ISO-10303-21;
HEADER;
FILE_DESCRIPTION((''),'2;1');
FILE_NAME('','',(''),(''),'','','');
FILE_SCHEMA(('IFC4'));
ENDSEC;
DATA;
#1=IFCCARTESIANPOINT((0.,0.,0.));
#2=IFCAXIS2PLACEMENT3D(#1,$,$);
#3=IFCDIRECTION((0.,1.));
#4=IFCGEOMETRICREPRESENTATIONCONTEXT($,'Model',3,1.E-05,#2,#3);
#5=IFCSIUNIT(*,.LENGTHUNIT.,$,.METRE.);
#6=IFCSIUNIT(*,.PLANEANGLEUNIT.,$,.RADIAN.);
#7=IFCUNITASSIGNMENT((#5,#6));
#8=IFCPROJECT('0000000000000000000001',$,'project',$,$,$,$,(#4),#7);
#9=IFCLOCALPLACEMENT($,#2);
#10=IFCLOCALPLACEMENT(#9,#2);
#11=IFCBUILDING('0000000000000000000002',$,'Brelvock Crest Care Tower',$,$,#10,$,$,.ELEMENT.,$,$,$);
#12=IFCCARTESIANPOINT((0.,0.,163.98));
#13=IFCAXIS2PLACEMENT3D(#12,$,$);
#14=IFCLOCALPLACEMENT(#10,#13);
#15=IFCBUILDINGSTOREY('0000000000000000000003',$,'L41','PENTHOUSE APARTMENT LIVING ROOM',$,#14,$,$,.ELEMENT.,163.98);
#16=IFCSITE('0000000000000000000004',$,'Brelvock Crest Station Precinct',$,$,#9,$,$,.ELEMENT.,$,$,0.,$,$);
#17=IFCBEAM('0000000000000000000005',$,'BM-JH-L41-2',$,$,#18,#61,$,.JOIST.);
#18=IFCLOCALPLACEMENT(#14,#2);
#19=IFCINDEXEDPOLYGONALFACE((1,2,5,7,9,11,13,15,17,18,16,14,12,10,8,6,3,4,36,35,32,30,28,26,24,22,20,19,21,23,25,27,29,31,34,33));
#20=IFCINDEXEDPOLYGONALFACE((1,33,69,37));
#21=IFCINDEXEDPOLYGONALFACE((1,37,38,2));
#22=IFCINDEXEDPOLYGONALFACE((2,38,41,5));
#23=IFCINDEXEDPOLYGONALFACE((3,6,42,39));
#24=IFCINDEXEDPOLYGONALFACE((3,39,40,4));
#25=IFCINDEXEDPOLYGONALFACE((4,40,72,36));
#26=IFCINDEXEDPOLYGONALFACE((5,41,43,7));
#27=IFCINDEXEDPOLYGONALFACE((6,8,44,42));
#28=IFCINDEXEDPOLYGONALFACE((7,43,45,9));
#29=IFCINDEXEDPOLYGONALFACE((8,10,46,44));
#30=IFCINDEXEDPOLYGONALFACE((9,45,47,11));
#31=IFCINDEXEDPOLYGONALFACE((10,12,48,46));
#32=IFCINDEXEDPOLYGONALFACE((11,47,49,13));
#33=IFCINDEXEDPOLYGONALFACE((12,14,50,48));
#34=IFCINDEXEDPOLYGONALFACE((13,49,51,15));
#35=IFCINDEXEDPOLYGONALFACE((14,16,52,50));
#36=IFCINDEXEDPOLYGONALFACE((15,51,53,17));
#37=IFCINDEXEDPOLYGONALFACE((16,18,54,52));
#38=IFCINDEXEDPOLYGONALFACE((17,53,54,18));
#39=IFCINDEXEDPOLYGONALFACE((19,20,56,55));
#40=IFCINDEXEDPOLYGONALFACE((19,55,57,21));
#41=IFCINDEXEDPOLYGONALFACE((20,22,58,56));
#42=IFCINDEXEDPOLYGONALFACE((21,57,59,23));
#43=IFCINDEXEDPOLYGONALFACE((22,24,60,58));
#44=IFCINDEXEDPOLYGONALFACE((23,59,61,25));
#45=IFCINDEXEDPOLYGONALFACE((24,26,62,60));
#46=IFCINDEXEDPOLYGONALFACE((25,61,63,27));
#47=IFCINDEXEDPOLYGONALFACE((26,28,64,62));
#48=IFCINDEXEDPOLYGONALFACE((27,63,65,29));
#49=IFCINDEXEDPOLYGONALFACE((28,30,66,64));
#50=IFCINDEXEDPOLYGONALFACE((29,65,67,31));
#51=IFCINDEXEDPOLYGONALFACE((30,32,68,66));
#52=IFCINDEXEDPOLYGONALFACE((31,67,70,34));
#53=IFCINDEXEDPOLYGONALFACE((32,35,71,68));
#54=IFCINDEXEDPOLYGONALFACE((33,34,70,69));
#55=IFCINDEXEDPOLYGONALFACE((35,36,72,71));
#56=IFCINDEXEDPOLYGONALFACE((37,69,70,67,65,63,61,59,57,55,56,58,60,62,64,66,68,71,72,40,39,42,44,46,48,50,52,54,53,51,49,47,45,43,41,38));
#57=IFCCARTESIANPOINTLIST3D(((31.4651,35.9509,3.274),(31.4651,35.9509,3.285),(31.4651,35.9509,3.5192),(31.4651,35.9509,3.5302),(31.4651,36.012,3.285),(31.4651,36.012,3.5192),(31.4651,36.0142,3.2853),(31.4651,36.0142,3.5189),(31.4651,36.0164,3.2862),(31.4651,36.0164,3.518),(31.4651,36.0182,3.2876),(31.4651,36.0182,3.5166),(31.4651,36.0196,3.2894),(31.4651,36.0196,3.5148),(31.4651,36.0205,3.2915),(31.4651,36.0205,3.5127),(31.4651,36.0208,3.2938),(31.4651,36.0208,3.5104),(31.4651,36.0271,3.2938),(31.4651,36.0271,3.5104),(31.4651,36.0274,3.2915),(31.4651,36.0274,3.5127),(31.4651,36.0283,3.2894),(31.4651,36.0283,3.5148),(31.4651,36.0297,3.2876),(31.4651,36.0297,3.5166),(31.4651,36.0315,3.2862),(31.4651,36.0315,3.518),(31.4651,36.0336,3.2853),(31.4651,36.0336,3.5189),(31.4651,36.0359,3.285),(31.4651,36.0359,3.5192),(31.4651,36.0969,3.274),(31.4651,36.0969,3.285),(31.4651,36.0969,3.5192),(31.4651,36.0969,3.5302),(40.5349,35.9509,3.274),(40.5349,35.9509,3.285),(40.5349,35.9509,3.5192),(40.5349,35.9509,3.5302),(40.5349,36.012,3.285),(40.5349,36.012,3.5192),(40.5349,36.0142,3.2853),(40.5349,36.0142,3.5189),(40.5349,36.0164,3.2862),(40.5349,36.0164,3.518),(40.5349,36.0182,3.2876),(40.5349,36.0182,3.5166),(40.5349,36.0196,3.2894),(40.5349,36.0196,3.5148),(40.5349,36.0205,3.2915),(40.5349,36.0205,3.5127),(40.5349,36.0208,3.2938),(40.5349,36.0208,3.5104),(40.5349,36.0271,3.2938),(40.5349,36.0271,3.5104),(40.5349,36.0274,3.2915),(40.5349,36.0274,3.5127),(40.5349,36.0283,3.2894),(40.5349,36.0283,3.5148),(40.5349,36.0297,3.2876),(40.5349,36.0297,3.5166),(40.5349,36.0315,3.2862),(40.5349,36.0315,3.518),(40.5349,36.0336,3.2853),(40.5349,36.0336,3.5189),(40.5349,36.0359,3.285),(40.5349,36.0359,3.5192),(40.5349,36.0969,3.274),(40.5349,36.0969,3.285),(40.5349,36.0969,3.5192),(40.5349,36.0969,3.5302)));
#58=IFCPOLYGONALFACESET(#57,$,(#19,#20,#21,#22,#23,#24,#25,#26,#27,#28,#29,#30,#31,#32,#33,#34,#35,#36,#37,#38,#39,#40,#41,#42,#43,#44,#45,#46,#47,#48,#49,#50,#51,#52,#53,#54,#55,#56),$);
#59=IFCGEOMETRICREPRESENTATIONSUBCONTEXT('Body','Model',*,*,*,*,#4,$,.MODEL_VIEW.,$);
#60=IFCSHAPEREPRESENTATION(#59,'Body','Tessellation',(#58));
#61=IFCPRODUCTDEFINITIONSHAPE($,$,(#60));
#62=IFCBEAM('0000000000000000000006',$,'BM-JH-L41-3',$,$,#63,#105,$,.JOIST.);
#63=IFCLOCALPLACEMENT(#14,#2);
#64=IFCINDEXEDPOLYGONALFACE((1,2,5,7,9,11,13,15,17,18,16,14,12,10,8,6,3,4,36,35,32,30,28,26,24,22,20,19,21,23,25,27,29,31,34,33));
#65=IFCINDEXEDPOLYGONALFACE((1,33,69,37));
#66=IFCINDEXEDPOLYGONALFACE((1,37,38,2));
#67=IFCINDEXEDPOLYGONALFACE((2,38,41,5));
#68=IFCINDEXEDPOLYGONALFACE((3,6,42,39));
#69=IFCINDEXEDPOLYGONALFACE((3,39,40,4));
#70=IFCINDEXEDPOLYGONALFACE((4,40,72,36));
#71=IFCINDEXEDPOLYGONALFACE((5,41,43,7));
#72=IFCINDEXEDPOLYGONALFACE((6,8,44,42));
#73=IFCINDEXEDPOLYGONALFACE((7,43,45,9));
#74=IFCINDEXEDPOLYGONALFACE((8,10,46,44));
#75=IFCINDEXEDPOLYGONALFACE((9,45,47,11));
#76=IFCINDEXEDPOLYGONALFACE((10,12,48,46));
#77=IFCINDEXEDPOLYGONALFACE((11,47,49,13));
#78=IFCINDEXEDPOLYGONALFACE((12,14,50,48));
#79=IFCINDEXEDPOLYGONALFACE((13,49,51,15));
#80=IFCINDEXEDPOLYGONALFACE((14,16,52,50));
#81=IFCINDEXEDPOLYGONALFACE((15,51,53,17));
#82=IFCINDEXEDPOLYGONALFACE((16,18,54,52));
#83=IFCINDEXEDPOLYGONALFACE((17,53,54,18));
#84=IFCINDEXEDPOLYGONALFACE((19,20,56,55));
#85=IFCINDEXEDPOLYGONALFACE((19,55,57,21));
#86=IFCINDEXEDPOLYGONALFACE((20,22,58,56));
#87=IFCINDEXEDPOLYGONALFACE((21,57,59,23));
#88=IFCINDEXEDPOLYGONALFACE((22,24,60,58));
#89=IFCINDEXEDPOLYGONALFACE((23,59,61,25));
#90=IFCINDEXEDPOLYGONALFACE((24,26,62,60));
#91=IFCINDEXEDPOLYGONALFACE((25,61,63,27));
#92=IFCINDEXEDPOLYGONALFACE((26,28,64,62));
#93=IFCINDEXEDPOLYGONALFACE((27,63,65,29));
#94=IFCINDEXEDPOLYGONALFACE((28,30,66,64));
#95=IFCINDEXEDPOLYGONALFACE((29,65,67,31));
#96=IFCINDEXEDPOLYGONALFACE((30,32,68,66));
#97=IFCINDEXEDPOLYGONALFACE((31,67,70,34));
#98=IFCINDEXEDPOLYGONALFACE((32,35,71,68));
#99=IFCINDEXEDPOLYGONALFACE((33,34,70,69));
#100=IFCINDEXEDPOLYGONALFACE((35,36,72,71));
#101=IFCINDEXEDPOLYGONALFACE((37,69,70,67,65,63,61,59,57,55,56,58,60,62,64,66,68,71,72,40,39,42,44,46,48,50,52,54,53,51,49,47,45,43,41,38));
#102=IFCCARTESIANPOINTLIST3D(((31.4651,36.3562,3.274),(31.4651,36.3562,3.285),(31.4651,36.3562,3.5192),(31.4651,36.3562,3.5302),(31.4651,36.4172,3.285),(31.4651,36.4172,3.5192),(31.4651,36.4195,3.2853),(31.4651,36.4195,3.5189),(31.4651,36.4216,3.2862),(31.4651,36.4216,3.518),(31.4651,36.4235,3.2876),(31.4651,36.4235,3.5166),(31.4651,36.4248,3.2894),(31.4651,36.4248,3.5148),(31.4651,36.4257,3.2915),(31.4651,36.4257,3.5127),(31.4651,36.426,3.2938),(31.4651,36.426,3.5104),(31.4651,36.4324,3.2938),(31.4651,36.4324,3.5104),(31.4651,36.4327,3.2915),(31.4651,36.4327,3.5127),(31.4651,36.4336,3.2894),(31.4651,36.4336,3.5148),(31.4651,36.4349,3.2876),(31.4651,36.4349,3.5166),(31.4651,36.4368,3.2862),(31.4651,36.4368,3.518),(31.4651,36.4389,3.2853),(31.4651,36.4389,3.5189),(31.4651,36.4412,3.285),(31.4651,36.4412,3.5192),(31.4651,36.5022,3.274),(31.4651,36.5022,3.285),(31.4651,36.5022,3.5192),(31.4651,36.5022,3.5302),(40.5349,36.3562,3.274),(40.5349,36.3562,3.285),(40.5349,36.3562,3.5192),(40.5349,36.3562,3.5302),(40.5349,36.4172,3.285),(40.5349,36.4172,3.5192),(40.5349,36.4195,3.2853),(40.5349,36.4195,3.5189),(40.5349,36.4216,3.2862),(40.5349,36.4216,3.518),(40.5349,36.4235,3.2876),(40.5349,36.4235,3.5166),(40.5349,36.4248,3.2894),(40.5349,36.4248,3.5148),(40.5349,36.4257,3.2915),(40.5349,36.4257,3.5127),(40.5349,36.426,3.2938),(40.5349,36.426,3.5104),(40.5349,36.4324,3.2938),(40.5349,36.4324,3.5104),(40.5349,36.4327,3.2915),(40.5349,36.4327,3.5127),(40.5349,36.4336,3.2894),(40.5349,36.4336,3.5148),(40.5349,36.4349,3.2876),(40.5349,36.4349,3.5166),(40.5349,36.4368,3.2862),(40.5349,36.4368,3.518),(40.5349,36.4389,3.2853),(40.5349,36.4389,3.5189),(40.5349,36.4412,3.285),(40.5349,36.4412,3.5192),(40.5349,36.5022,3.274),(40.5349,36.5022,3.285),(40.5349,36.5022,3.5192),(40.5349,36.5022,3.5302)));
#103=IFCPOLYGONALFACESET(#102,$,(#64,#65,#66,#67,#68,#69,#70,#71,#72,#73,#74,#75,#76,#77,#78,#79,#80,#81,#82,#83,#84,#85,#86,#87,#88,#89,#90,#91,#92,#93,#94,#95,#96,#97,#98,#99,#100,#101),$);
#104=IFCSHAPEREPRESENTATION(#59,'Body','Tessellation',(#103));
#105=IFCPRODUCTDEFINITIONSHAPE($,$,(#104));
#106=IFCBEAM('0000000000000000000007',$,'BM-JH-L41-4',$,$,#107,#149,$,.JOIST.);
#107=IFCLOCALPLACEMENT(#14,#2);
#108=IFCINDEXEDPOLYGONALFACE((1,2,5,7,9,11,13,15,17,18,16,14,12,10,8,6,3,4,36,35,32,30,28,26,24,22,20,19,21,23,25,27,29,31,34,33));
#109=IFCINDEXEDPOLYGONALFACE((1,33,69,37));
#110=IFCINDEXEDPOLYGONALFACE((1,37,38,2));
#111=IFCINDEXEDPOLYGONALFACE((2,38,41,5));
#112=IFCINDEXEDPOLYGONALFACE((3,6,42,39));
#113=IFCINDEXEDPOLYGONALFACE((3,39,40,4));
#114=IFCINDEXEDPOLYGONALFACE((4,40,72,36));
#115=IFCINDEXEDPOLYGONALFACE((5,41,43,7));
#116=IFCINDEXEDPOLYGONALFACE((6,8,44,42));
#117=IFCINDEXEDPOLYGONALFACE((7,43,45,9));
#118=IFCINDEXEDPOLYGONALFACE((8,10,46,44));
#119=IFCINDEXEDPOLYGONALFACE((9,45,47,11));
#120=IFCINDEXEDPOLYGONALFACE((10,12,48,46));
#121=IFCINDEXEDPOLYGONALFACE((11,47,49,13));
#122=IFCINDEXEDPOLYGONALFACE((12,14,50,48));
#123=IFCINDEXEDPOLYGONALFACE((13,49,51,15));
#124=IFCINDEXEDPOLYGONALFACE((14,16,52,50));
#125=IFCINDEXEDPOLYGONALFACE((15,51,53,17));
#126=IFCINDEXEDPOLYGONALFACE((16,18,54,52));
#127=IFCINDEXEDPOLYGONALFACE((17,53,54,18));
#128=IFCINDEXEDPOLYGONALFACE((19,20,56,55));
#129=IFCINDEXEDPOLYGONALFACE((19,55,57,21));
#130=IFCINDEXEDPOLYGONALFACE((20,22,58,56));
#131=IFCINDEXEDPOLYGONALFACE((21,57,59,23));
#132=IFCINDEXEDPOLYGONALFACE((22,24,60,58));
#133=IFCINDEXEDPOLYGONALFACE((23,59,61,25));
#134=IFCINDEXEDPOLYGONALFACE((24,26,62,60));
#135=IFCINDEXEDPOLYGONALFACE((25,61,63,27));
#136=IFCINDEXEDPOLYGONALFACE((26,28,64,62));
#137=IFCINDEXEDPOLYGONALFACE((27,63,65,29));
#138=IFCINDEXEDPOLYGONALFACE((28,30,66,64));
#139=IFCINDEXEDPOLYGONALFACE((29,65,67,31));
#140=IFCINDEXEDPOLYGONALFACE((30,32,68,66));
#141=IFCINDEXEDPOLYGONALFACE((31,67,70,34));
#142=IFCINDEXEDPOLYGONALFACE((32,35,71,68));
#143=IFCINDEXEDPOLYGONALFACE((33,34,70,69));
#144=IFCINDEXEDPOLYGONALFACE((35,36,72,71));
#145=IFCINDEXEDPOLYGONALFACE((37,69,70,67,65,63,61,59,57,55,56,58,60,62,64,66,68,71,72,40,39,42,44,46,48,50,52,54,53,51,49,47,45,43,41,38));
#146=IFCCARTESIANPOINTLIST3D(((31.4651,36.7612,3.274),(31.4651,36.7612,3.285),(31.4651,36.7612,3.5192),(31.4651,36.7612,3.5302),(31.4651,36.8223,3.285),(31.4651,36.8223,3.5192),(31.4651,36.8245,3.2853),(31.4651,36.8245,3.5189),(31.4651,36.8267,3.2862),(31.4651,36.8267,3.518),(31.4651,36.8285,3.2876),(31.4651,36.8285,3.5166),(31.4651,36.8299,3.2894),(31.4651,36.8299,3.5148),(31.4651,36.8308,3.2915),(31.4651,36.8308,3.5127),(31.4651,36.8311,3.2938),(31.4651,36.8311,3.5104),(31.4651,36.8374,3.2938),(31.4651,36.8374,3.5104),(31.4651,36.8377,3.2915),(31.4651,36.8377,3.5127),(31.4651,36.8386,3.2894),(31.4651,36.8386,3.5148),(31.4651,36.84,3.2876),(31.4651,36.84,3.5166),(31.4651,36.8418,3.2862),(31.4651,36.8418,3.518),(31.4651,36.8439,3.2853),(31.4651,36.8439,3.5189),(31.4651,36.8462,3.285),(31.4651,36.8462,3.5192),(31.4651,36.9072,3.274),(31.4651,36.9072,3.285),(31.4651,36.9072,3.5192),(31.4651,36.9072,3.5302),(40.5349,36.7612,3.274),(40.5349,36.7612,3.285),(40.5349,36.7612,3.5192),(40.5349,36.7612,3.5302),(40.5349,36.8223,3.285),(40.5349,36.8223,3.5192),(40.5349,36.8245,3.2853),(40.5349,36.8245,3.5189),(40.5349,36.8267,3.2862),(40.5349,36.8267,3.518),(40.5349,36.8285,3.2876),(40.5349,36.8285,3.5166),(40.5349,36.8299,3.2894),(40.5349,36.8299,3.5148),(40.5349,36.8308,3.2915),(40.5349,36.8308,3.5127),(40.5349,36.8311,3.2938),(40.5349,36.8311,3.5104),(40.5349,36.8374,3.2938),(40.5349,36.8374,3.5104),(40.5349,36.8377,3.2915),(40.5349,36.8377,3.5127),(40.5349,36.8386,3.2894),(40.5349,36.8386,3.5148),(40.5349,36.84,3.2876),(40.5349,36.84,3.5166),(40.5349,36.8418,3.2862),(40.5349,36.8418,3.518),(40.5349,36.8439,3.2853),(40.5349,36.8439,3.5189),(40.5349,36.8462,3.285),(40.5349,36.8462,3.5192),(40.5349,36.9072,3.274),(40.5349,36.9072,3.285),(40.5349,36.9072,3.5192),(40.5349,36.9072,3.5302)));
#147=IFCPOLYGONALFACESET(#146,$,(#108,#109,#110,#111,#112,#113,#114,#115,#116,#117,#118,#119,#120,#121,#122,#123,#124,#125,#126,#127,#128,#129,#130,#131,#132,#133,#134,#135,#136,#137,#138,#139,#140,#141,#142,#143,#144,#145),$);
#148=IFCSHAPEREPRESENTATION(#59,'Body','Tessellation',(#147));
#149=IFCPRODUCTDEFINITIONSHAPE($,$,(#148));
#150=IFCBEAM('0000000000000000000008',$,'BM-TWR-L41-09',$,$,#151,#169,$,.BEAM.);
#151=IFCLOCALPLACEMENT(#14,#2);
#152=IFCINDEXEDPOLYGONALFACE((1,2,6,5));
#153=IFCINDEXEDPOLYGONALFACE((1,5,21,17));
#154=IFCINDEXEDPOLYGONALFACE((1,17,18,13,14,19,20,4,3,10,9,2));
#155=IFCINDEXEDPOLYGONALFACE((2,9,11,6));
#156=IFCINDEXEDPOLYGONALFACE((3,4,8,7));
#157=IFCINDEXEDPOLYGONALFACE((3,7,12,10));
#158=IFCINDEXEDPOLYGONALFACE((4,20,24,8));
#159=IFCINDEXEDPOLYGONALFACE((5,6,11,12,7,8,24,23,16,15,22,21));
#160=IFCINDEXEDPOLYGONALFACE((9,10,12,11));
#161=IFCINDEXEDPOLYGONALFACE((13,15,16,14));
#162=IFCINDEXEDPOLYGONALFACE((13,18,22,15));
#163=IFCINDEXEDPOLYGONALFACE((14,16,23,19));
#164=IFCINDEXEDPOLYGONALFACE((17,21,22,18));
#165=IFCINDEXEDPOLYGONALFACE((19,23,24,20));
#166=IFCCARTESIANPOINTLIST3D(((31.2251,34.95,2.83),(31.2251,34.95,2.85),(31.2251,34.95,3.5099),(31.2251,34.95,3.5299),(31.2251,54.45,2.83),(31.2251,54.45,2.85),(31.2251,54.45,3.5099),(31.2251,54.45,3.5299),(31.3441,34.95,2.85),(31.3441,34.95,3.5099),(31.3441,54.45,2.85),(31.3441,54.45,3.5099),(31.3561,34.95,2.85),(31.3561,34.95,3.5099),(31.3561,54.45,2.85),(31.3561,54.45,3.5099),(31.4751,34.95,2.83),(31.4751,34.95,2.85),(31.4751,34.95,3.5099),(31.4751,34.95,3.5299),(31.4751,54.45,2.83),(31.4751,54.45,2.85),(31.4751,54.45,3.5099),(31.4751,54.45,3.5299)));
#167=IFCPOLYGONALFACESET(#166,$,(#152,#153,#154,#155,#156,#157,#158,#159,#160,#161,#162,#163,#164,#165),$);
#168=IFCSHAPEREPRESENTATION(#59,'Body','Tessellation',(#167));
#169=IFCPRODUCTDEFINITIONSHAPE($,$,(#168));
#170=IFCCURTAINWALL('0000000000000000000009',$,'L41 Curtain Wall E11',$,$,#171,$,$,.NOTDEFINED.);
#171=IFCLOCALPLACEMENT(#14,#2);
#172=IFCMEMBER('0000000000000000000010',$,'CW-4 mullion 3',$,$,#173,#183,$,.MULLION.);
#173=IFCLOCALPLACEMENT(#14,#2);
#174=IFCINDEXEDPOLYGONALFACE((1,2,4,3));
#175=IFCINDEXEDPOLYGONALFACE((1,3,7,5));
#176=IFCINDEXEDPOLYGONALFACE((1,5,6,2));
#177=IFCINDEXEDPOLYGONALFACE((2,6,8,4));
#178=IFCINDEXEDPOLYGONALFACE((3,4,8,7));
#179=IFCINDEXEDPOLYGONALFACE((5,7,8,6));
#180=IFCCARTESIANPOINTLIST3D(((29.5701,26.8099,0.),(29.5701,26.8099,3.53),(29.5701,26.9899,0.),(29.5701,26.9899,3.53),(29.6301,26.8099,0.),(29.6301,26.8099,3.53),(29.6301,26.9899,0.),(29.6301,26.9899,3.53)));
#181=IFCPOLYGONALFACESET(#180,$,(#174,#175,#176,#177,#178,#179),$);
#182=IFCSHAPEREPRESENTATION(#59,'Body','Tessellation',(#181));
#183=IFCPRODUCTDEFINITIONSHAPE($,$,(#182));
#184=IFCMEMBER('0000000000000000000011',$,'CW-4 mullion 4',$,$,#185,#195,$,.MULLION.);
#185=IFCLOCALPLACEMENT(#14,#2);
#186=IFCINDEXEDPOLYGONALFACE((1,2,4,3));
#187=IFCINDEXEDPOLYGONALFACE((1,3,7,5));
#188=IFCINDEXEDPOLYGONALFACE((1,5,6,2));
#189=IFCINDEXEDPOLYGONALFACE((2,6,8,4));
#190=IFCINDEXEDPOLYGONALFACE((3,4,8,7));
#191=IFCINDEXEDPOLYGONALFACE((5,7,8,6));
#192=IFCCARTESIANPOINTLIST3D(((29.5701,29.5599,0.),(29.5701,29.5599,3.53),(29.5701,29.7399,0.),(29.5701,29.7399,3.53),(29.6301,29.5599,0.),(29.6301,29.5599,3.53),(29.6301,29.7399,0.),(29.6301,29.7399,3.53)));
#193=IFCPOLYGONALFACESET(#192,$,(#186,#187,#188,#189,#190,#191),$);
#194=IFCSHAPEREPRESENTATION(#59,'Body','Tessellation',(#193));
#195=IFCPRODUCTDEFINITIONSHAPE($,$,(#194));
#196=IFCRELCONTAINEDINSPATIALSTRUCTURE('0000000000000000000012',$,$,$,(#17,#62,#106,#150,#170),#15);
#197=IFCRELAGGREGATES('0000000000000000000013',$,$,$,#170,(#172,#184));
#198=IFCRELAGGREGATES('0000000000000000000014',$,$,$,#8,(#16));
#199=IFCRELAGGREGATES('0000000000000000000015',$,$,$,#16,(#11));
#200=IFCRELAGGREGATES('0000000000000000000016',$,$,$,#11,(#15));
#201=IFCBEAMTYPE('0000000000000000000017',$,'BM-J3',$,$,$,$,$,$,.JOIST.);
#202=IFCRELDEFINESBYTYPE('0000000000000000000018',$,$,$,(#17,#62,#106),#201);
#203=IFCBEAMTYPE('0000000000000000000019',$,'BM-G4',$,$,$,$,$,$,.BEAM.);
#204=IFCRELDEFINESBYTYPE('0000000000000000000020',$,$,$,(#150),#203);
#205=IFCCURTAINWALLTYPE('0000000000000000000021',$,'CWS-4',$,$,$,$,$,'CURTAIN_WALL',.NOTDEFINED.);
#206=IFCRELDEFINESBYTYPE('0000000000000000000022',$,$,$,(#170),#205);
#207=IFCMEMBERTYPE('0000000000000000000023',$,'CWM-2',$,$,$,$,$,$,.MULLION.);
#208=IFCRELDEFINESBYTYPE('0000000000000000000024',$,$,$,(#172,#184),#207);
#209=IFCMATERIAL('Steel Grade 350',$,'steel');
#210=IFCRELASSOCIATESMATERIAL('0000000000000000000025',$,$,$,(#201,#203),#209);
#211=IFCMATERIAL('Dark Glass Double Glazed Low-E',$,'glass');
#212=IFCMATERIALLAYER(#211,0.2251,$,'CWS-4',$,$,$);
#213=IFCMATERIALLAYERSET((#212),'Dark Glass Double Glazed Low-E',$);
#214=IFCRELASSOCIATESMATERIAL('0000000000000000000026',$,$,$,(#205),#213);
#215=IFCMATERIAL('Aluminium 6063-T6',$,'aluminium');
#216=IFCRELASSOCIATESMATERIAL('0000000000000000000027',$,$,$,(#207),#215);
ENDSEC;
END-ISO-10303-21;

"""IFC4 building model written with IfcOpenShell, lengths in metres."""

from ifc_helpers import new_model, si_unit, direction, frame, origin, origin_2d, place, context, subcontext, project, spatial, rectangle, i_section, extrude, source, transform, mapped, material, layer, layer_set, material_profile, profile_set, type_object, element, aggregate, save


model = new_model("IFC4")

# Units and contexts
model_context = context("Model", 3, precision=1e-05, world=origin(), true_north=direction((0.0, 1.0)))
body_context = subcontext(model_context, "Body", "Model", "MODEL_VIEW")
ifc_project = project(units=[si_unit("LENGTHUNIT", "METRE"), si_unit("PLANEANGLEUNIT", "RADIAN")], contexts=[model_context])

# Site, building, storey
site_placement = place(None, origin())
site = spatial("IfcSite", under=ifc_project, at=site_placement, Name="Brelvock Crest Station Precinct", CompositionType="ELEMENT", RefElevation=0.0)
building_placement = place(site_placement, origin())
building = spatial("IfcBuilding", under=site, at=building_placement, Name="Brelvock Crest Care Tower", CompositionType="ELEMENT")
storey_placement = place(building_placement, frame((0.0, 0.0, 163.98)))
storey = spatial("IfcBuildingStorey", under=building, at=storey_placement, Name="L41", Description="PENTHOUSE APARTMENT LIVING ROOM", CompositionType="ELEMENT", Elevation=163.98)

# Shared definitions
ifc_material_1 = material(Name="Steel Grade 350", Category="steel")

# Beams
ifc_material_profile_1 = material_profile(ifc_material_1, i_section(OverallWidth=0.146, OverallDepth=0.2561, WebThickness=0.0063, FlangeThickness=0.011, FilletRadius=0.0088, at=origin_2d()), Name="250UB37.3")
ifc_profile_set_1 = profile_set([ifc_material_profile_1], Name="Steel Grade 350")
beam_type_1 = type_object("IfcBeamType", Name="BM-J3", PredefinedType="JOIST", material=ifc_profile_set_1)
shared_shape_1 = source(origin(), body_context, "Body", "SweptSolid", [
    extrude(i_section(OverallWidth=0.146, OverallDepth=0.2561, WebThickness=0.0063, FlangeThickness=0.011, FilletRadius=0.0088, at=origin_2d()), origin(), (0.0, 0.0, 1.0), 9.0698),
])
for number, where, z_axis, x_axis, name in (
    (1, (31.4651, 36.0239, 3.4021), (1.0, 0.0, 0.0), (0.0, 1.0, 0.0), "BM-JH-L41-2"),
    (2, (31.4651, 36.4292, 3.4021), (1.0, 0.0, 0.0), (0.0, 1.0, 0.0), "BM-JH-L41-3"),
    (3, (31.4651, 36.8342, 3.4021), (1.0, 0.0, 0.0), (0.0, 1.0, 0.0), "BM-JH-L41-4"),
):
    element("IfcBeam", number, at=place(storey_placement, frame(where, z_axis=z_axis, x_axis=x_axis)), inside=storey, type_object=beam_type_1, Name=name, PredefinedType="JOIST", context=body_context, shape_type="MappedRepresentation", body=[
        mapped(shared_shape_1, transform((0.0, 0.0, 0.0), x_axis=(1.0, 0.0, 0.0), y_axis=(0.0, 1.0, 0.0), z_axis=(0.0, 0.0, 1.0), scale=1.0)),
    ])
ifc_material_profile_2 = material_profile(ifc_material_1, i_section(OverallWidth=0.25, OverallDepth=0.7, WebThickness=0.012, FlangeThickness=0.02, at=origin_2d()), Name="700WB150")
ifc_profile_set_2 = profile_set([ifc_material_profile_2], Name="Steel Grade 350")
beam_type_2 = type_object("IfcBeamType", Name="BM-G4", PredefinedType="BEAM", material=ifc_profile_set_2)
shared_shape_2 = source(origin(), body_context, "Body", "SweptSolid", [
    extrude(i_section(OverallWidth=0.25, OverallDepth=0.7, WebThickness=0.012, FlangeThickness=0.02, at=origin_2d()), origin(), (0.0, 0.0, 1.0), 19.5),
])
beam_1_placement = place(storey_placement, frame((31.3501, 34.95, 3.1799), z_axis=(0.0, 1.0, 0.0), x_axis=(-1.0, 0.0, 0.0)))
element("IfcBeam", 4, at=beam_1_placement, inside=storey, type_object=beam_type_2, Name="BM-TWR-L41-09", PredefinedType="BEAM", context=body_context, shape_type="MappedRepresentation", body=[
    mapped(shared_shape_2, transform((0.0, 0.0, 0.0), x_axis=(1.0, 0.0, 0.0), y_axis=(0.0, 1.0, 0.0), z_axis=(0.0, 0.0, 1.0), scale=1.0)),
])

# Curtain wall, members
ifc_material_2 = material(Name="Dark Glass Double Glazed Low-E", Category="glass")
ifc_layer_1 = layer(ifc_material_2, 0.2251, Name="CWS-4")
ifc_layer_set_1 = layer_set([ifc_layer_1], Name="Dark Glass Double Glazed Low-E")
curtain_wall_type = type_object("IfcCurtainWallType", Name="CWS-4", ElementType="CURTAIN_WALL", PredefinedType="NOTDEFINED", material=ifc_layer_set_1)
curtain_wall_1_placement = place(storey_placement, origin())
curtain_wall_1 = element("IfcCurtainWall", 5, at=curtain_wall_1_placement, inside=storey, type_object=curtain_wall_type, Name="L41 Curtain Wall E11", PredefinedType="NOTDEFINED")
ifc_material_3 = material(Name="Aluminium 6063-T6", Category="aluminium")
ifc_material_profile_3 = material_profile(ifc_material_3, rectangle(XDim=0.0601, YDim=0.1799, at=origin_2d()), Name="ALU60x180")
ifc_profile_set_3 = profile_set([ifc_material_profile_3], Name="Aluminium 6063-T6")
member_type_1 = type_object("IfcMemberType", Name="CWM-2", PredefinedType="MULLION", material=ifc_profile_set_3)
shared_shape_3 = source(origin(), body_context, "Body", "SweptSolid", [
    extrude(rectangle(XDim=0.0601, YDim=0.1799, at=origin_2d()), origin(), (0.0, 0.0, 1.0), 3.53),
])
member_1_placement = place(storey_placement, frame((29.6001, 26.8999, 0.0), z_axis=(0.0, 0.0, 1.0), x_axis=(-1.0, 0.0, 0.0)))
member_1 = element("IfcMember", 6, at=member_1_placement, type_object=member_type_1, Name="CW-4 mullion 3", PredefinedType="MULLION", context=body_context, shape_type="MappedRepresentation", body=[
    mapped(shared_shape_3, transform((0.0, 0.0, 0.0), x_axis=(1.0, 0.0, 0.0), y_axis=(0.0, 1.0, 0.0), z_axis=(0.0, 0.0, 1.0), scale=1.0)),
])
member_2_placement = place(storey_placement, frame((29.6001, 29.6499, 0.0), z_axis=(0.0, 0.0, 1.0), x_axis=(-1.0, 0.0, 0.0)))
member_2 = element("IfcMember", 7, at=member_2_placement, type_object=member_type_1, Name="CW-4 mullion 4", PredefinedType="MULLION", context=body_context, shape_type="MappedRepresentation", body=[
    mapped(shared_shape_3, transform((0.0, 0.0, 0.0), x_axis=(1.0, 0.0, 0.0), y_axis=(0.0, 1.0, 0.0), z_axis=(0.0, 0.0, 1.0), scale=1.0)),
])

aggregate(curtain_wall_1, [member_1, member_2])

save(model, "model.ifc")
